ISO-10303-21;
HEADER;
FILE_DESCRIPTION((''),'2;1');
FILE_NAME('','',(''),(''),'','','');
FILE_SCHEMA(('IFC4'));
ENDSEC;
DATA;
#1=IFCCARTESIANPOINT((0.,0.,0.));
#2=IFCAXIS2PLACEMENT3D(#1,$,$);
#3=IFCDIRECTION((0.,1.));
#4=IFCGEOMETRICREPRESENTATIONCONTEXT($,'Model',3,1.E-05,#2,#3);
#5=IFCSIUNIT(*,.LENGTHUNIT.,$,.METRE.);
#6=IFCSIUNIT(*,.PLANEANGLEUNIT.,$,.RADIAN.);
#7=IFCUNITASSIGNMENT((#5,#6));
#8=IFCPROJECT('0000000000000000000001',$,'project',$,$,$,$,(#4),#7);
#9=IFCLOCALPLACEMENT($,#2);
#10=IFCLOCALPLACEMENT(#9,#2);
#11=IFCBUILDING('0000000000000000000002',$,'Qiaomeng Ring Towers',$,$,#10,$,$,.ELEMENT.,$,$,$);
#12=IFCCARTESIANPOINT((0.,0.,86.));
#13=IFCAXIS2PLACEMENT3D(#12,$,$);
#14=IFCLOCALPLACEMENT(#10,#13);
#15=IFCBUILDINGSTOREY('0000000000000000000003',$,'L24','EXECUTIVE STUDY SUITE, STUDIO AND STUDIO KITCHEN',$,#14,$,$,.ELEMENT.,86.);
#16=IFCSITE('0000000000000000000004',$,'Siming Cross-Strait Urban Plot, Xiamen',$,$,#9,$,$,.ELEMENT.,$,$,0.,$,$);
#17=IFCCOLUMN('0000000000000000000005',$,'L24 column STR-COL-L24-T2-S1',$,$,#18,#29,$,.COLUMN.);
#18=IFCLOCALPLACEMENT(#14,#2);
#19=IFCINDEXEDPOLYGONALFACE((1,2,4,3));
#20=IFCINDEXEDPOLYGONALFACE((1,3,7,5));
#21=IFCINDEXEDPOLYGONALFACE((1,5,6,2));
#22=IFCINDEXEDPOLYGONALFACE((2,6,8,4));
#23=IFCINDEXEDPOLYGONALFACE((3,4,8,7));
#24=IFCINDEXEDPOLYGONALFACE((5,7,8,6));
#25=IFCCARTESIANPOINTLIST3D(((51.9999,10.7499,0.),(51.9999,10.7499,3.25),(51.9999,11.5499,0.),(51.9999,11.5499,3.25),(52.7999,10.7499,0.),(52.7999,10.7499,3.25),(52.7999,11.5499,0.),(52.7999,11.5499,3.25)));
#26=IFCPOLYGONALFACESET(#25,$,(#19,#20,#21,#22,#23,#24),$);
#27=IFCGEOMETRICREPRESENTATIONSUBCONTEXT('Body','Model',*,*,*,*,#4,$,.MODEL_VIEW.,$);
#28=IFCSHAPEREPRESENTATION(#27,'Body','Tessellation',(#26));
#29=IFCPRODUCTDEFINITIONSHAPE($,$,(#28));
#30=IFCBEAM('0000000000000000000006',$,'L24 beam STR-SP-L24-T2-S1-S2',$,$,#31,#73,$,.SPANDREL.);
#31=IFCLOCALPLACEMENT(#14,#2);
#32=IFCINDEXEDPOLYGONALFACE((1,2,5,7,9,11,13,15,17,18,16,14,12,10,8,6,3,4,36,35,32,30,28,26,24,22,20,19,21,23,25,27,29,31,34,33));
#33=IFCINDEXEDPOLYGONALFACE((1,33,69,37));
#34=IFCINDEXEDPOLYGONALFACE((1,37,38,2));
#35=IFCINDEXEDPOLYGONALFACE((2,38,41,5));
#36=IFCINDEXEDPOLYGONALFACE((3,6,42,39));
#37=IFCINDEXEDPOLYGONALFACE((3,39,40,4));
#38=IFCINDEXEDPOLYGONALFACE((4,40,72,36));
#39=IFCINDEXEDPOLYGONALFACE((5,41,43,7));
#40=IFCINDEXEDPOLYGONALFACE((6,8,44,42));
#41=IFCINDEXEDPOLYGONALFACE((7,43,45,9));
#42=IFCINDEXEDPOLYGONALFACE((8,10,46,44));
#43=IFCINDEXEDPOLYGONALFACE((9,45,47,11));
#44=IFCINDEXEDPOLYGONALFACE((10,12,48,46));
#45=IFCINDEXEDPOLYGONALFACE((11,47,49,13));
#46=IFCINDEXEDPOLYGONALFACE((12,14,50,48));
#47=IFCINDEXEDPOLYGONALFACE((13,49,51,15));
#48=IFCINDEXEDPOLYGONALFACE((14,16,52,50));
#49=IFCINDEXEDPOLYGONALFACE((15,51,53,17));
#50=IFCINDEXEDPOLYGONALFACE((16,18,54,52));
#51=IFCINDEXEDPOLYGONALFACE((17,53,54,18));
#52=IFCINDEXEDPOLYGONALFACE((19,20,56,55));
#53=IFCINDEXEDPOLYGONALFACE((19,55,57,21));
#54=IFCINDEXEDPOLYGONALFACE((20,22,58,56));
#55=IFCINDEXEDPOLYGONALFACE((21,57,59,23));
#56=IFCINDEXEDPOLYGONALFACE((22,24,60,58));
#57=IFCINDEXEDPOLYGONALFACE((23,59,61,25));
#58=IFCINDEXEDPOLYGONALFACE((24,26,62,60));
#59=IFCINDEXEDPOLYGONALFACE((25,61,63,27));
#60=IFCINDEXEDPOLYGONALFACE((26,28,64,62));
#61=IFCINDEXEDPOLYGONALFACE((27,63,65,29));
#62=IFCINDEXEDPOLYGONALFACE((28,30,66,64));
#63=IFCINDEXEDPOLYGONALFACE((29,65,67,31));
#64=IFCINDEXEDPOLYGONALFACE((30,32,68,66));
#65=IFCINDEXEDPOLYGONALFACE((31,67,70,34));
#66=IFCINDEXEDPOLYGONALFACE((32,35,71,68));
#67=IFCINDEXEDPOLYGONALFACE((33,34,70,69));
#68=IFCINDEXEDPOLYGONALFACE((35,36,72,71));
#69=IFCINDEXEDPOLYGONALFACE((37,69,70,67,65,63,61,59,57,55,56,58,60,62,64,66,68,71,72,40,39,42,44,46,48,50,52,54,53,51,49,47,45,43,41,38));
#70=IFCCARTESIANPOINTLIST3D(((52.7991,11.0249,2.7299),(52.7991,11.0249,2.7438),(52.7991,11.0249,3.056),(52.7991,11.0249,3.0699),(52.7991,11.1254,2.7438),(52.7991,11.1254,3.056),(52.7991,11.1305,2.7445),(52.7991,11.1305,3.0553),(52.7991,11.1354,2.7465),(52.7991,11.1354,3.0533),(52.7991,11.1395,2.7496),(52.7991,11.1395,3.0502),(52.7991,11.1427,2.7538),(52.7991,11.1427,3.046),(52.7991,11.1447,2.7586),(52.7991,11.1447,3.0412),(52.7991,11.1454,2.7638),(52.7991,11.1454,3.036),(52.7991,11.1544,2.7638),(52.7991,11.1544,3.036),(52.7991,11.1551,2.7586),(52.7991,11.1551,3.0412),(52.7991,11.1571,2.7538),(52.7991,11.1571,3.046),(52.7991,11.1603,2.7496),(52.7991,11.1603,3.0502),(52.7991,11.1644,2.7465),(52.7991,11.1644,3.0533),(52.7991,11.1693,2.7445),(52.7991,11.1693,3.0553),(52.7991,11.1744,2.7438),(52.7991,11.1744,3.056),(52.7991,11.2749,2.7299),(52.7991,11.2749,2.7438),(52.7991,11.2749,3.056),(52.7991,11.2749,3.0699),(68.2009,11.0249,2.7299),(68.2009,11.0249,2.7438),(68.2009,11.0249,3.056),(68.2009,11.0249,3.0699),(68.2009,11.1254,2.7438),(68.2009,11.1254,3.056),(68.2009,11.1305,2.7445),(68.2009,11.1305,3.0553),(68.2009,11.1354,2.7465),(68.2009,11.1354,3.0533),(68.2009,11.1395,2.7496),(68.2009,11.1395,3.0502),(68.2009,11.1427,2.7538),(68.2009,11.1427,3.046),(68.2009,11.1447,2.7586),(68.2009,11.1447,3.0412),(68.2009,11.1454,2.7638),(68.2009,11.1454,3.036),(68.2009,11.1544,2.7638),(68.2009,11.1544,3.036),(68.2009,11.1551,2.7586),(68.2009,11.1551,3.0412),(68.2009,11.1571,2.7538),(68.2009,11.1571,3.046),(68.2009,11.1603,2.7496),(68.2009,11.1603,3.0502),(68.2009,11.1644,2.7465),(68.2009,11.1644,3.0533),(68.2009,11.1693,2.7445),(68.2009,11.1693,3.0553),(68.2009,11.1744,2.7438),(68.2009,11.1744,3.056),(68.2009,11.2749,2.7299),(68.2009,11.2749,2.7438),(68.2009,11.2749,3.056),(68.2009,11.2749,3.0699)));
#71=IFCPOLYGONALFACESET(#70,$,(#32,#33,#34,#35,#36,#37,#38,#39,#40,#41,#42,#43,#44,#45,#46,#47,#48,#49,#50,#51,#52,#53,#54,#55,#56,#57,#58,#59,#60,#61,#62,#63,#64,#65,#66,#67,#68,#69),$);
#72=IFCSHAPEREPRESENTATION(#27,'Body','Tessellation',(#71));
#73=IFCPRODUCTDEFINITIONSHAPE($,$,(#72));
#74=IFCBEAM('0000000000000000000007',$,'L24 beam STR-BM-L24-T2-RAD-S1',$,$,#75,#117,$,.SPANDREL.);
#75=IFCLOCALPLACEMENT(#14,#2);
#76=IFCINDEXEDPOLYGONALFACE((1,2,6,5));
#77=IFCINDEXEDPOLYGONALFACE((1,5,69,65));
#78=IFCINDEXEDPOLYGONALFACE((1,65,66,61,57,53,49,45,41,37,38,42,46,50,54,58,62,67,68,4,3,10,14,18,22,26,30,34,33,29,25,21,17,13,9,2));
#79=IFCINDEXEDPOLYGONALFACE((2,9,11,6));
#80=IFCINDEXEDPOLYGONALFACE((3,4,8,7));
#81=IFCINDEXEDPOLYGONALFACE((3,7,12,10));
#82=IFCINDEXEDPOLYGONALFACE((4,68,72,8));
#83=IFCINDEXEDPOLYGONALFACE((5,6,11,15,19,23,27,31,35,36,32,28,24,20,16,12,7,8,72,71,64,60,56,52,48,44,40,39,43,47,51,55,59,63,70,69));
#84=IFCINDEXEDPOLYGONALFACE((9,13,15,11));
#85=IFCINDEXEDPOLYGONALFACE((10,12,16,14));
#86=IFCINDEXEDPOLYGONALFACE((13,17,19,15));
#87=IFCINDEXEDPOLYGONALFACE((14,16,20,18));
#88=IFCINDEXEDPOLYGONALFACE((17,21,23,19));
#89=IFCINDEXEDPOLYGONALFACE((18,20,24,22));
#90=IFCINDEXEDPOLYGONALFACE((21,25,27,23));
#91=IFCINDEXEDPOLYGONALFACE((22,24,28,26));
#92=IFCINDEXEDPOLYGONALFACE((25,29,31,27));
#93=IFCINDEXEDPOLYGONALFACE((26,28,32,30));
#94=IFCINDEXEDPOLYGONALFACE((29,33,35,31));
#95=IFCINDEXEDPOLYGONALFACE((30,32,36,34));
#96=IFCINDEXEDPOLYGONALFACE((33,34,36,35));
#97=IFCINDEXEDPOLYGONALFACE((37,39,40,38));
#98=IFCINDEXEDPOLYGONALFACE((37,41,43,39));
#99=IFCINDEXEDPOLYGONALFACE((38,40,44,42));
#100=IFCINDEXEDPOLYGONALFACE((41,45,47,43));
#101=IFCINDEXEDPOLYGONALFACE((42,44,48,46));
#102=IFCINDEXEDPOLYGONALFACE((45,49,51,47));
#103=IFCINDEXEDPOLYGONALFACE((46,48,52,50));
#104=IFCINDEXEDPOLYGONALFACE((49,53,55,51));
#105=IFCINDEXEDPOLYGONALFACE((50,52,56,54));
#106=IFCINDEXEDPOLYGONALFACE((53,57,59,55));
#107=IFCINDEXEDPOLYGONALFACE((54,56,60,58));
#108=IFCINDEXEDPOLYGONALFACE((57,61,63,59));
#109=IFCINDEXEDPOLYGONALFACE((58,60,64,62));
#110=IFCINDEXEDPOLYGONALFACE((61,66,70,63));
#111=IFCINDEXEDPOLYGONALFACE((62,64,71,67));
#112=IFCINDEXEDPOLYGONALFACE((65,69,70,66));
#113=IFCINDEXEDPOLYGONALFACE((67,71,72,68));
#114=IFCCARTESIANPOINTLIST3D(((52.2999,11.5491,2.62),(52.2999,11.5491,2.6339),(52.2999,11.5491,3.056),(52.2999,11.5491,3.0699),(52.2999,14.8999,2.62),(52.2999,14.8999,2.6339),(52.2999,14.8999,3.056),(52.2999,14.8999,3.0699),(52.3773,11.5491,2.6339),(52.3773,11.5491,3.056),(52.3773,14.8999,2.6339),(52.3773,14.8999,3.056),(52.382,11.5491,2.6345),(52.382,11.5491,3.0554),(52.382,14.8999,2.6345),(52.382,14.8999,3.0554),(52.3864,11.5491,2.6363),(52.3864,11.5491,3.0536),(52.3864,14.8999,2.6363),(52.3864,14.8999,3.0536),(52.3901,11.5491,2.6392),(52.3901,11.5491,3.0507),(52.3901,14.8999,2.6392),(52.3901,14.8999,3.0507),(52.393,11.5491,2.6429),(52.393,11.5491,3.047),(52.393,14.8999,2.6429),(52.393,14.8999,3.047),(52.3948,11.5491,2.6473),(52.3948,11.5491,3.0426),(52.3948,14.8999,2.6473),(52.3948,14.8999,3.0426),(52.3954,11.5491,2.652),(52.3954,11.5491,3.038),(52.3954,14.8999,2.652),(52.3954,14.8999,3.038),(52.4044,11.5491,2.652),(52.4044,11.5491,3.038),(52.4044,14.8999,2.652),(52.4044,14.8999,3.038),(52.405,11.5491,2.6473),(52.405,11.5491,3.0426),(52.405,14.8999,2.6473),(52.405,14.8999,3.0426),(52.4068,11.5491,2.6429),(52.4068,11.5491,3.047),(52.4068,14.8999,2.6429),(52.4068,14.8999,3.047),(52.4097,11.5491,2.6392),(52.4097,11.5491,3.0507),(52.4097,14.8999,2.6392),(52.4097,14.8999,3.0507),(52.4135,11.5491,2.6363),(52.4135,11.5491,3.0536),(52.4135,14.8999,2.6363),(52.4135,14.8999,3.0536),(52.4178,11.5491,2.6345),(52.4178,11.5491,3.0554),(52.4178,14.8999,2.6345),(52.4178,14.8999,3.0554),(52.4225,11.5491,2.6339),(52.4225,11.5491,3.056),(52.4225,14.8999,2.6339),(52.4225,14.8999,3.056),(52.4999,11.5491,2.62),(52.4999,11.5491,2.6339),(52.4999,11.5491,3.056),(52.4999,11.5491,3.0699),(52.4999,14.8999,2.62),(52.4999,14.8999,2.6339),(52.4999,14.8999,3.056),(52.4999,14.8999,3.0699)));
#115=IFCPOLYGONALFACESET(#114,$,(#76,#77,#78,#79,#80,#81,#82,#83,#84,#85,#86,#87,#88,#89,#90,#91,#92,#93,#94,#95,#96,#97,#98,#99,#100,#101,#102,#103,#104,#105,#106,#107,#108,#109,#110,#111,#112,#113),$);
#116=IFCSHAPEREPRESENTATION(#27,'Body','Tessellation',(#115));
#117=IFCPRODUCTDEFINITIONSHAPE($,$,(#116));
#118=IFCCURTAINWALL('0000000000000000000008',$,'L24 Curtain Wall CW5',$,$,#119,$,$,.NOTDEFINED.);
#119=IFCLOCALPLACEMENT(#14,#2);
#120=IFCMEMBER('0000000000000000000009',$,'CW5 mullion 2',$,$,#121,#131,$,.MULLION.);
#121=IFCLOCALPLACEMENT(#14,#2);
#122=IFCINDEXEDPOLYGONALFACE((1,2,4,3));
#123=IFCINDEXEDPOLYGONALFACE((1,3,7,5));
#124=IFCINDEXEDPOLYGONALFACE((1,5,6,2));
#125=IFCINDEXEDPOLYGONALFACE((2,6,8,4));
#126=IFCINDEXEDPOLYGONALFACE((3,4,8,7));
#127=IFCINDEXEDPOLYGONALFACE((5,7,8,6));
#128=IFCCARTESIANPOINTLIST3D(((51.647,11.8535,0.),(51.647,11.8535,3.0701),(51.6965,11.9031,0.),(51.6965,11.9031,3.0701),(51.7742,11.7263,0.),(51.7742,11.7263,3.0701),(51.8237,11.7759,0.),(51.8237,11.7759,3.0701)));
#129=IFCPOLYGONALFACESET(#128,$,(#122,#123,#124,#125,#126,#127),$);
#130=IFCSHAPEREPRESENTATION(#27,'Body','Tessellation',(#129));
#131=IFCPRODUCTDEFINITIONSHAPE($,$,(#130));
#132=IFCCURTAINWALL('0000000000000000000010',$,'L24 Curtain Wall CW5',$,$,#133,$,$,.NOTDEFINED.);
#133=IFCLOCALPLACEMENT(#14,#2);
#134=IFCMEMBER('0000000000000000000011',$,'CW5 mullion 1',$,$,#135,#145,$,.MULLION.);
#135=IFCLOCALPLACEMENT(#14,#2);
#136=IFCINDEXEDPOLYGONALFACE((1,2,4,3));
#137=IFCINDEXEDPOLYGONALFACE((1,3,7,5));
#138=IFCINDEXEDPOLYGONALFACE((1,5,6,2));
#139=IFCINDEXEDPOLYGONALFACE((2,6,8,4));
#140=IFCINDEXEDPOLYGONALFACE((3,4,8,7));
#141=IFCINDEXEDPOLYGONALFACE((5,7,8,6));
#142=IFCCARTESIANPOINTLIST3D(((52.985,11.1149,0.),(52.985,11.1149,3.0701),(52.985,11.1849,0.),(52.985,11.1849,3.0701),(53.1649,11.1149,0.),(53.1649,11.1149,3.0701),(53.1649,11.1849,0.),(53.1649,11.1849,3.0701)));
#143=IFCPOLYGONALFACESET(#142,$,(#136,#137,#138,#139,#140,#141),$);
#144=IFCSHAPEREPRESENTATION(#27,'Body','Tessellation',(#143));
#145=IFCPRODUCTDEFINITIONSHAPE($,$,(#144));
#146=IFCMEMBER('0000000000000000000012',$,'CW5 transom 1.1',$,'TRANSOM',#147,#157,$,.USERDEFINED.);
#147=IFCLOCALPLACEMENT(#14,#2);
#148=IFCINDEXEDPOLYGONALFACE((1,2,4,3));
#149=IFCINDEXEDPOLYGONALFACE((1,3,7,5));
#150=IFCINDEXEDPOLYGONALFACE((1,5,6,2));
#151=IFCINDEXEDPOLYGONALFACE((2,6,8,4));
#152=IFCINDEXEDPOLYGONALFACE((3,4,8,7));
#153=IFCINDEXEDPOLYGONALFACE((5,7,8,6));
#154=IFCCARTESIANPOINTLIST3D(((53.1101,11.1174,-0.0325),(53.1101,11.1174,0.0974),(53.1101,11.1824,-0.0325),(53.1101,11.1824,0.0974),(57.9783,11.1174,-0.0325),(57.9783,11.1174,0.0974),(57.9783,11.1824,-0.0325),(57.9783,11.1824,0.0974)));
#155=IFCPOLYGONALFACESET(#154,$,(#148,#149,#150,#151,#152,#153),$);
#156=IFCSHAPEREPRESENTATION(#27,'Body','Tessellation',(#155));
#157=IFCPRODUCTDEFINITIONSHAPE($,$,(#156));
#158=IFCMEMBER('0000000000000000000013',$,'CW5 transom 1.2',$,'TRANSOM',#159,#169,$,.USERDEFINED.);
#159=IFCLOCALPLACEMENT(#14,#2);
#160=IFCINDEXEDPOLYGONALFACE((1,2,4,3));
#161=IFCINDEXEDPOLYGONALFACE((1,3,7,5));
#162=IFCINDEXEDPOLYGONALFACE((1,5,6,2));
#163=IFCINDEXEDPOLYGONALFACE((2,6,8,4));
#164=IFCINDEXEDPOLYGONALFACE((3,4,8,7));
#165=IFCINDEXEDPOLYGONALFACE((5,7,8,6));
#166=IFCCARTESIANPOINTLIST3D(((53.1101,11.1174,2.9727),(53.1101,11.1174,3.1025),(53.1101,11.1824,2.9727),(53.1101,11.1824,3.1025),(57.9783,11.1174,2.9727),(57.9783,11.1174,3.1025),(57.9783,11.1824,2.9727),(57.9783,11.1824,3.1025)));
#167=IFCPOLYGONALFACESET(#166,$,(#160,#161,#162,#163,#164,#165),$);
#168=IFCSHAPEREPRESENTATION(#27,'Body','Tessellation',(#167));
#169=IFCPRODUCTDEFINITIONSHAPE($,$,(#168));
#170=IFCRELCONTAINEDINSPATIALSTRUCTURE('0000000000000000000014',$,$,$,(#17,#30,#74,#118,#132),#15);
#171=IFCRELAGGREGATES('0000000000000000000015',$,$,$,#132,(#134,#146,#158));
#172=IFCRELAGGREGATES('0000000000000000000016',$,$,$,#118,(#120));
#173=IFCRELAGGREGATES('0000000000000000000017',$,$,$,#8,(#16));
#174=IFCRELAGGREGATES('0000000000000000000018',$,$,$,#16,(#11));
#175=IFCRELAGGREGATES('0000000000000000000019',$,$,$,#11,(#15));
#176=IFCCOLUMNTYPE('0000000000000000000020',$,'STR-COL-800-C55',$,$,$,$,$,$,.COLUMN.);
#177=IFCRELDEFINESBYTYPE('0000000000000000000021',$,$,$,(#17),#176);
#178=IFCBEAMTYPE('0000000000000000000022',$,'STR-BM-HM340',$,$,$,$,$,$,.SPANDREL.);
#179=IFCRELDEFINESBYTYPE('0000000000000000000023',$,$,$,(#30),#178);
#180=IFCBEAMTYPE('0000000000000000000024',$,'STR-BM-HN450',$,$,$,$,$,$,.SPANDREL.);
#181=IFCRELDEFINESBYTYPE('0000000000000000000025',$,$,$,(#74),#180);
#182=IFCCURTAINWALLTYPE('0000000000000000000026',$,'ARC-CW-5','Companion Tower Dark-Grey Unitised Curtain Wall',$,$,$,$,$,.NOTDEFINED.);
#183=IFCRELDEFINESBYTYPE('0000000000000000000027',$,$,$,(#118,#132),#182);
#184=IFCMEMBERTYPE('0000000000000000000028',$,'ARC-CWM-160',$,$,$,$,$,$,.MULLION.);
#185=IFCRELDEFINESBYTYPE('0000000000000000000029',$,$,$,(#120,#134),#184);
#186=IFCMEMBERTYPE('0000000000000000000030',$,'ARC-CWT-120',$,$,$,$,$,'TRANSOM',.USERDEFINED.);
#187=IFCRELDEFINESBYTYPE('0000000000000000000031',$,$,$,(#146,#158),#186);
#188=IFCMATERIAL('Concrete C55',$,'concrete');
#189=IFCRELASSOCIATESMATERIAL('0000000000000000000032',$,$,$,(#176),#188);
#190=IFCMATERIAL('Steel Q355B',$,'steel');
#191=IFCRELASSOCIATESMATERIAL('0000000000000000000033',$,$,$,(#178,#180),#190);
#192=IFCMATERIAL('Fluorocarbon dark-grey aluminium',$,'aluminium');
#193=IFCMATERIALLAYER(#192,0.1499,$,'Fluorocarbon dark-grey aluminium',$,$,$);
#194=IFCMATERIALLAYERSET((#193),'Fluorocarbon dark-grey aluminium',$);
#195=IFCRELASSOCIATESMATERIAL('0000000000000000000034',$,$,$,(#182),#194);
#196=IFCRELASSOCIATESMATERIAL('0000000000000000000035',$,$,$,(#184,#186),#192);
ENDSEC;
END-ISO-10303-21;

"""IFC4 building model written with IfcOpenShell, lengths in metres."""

from ifc_helpers import new_model, si_unit, direction, frame, origin, origin_2d, place, context, subcontext, project, spatial, rectangle, i_section, extrude, source, transform, mapped, material, layer, layer_set, material_profile, profile_set, type_object, element, aggregate, save


model = new_model("IFC4")

# Units and contexts
model_context = context("Model", 3, precision=1e-05, world=origin(), true_north=direction((0.0, 1.0)))
body_context = subcontext(model_context, "Body", "Model", "MODEL_VIEW")
ifc_project = project(units=[si_unit("LENGTHUNIT", "METRE"), si_unit("PLANEANGLEUNIT", "RADIAN")], contexts=[model_context])

# Site, building, storey
site_placement = place(None, origin())
site = spatial("IfcSite", under=ifc_project, at=site_placement, Name="Siming Cross-Strait Urban Plot, Xiamen", CompositionType="ELEMENT", RefElevation=0.0)
building_placement = place(site_placement, origin())
building = spatial("IfcBuilding", under=site, at=building_placement, Name="Qiaomeng Ring Towers", CompositionType="ELEMENT")
storey_placement = place(building_placement, frame((0.0, 0.0, 86.0)))
storey = spatial("IfcBuildingStorey", under=building, at=storey_placement, Name="L24", Description="EXECUTIVE STUDY SUITE, STUDIO AND STUDIO KITCHEN", CompositionType="ELEMENT", Elevation=86.0)

# Column
ifc_material_1 = material(Name="Concrete C55", Category="concrete")
ifc_material_profile_1 = material_profile(ifc_material_1, rectangle(XDim=0.8, YDim=0.8, at=origin_2d()), Name="RC COL 800x800")
ifc_profile_set_1 = profile_set([ifc_material_profile_1], Name="Concrete C55")
column_type = type_object("IfcColumnType", Name="STR-COL-800-C55", PredefinedType="COLUMN", material=ifc_profile_set_1)
shared_shape_1 = source(origin(), body_context, "Body", "SweptSolid", [
    extrude(rectangle(XDim=0.8, YDim=0.8, at=origin_2d()), origin(), (0.0, 0.0, 1.0), 3.25),
])
column_placement = place(storey_placement, frame((52.3999, 11.1499, 0.0), z_axis=(0.0, 0.0, 1.0), x_axis=(1.0, 0.0, 0.0)))
element("IfcColumn", 1, at=column_placement, inside=storey, type_object=column_type, Name="L24 column STR-COL-L24-T2-S1", PredefinedType="COLUMN", context=body_context, shape_type="MappedRepresentation", body=[
    mapped(shared_shape_1, transform((0.0, 0.0, 0.0), x_axis=(1.0, 0.0, 0.0), y_axis=(0.0, 1.0, 0.0), z_axis=(0.0, 0.0, 1.0), scale=1.0)),
])

# Beams
ifc_material_2 = material(Name="Steel Q355B", Category="steel")
ifc_material_profile_2 = material_profile(ifc_material_2, i_section(OverallWidth=0.25, OverallDepth=0.3401, WebThickness=0.009, FlangeThickness=0.0139, FilletRadius=0.02, at=origin_2d()), Name="HM 340x250x9x14")
ifc_profile_set_2 = profile_set([ifc_material_profile_2], Name="Steel Q355B")
beam_type_1 = type_object("IfcBeamType", Name="STR-BM-HM340", PredefinedType="SPANDREL", material=ifc_profile_set_2)
shared_shape_2 = source(origin(), body_context, "Body", "SweptSolid", [
    extrude(i_section(OverallWidth=0.25, OverallDepth=0.3401, WebThickness=0.009, FlangeThickness=0.0139, FilletRadius=0.02, at=origin_2d()), origin(), (0.0, 0.0, 1.0), 15.4019),
])
beam_1_placement = place(storey_placement, frame((52.7991, 11.1499, 2.8999), z_axis=(1.0, 0.0, 0.0), x_axis=(0.0, 1.0, 0.0)))
element("IfcBeam", 2, at=beam_1_placement, inside=storey, type_object=beam_type_1, Name="L24 beam STR-SP-L24-T2-S1-S2", PredefinedType="SPANDREL", context=body_context, shape_type="MappedRepresentation", body=[
    mapped(shared_shape_2, transform((0.0, 0.0, 0.0), x_axis=(1.0, 0.0, 0.0), y_axis=(0.0, 1.0, 0.0), z_axis=(0.0, 0.0, 1.0), scale=1.0)),
])
ifc_material_profile_3 = material_profile(ifc_material_2, i_section(OverallWidth=0.2, OverallDepth=0.45, WebThickness=0.009, FlangeThickness=0.0139, FilletRadius=0.0181, at=origin_2d()), Name="HN 450x200x9x14")
ifc_profile_set_3 = profile_set([ifc_material_profile_3], Name="Steel Q355B")
beam_type_2 = type_object("IfcBeamType", Name="STR-BM-HN450", PredefinedType="SPANDREL", material=ifc_profile_set_3)
shared_shape_3 = source(origin(), body_context, "Body", "SweptSolid", [
    extrude(i_section(OverallWidth=0.2, OverallDepth=0.45, WebThickness=0.009, FlangeThickness=0.0139, FilletRadius=0.0181, at=origin_2d()), origin(), (0.0, 0.0, 1.0), 3.3508),
])
beam_2_placement = place(storey_placement, frame((52.3999, 11.5491, 2.845), z_axis=(0.0, 1.0, 0.0), x_axis=(-1.0, 0.0, 0.0)))
element("IfcBeam", 3, at=beam_2_placement, inside=storey, type_object=beam_type_2, Name="L24 beam STR-BM-L24-T2-RAD-S1", PredefinedType="SPANDREL", context=body_context, shape_type="MappedRepresentation", body=[
    mapped(shared_shape_3, transform((0.0, 0.0, 0.0), x_axis=(1.0, 0.0, 0.0), y_axis=(0.0, 1.0, 0.0), z_axis=(0.0, 0.0, 1.0), scale=1.0)),
])

# Curtain wall, member
ifc_material_3 = material(Name="Fluorocarbon dark-grey aluminium", Category="aluminium")
ifc_layer_1 = layer(ifc_material_3, 0.1499, Name="Fluorocarbon dark-grey aluminium")
ifc_layer_set_1 = layer_set([ifc_layer_1], Name="Fluorocarbon dark-grey aluminium")
curtain_wall_type = type_object("IfcCurtainWallType", Name="ARC-CW-5", Description="Companion Tower Dark-Grey Unitised Curtain Wall", PredefinedType="NOTDEFINED", material=ifc_layer_set_1)
curtain_wall_1_placement = place(storey_placement, origin())
curtain_wall_1 = element("IfcCurtainWall", 4, at=curtain_wall_1_placement, inside=storey, type_object=curtain_wall_type, Name="L24 Curtain Wall CW5", PredefinedType="NOTDEFINED")
ifc_material_profile_4 = material_profile(ifc_material_3, rectangle(XDim=0.0701, YDim=0.1799, at=origin_2d()), Name="ALU MULL 70x180")
ifc_profile_set_4 = profile_set([ifc_material_profile_4], Name="Fluorocarbon dark-grey aluminium")
member_type_1 = type_object("IfcMemberType", Name="ARC-CWM-160", PredefinedType="MULLION", material=ifc_profile_set_4)
shared_shape_4 = source(origin(), body_context, "Body", "SweptSolid", [
    extrude(rectangle(XDim=0.0701, YDim=0.1799, at=origin_2d()), origin(), (0.0, 0.0, 1.0), 3.0701),
])
member_1_placement = place(storey_placement, frame((51.7354, 11.8147, 0.0), z_axis=(0.0, 0.0, 1.0), x_axis=(0.707107, 0.707107, 0.0)))
member_1 = element("IfcMember", 5, at=member_1_placement, type_object=member_type_1, Name="CW5 mullion 2", PredefinedType="MULLION", context=body_context, shape_type="MappedRepresentation", body=[
    mapped(shared_shape_4, transform((0.0, 0.0, 0.0), x_axis=(1.0, 0.0, 0.0), y_axis=(0.0, 1.0, 0.0), z_axis=(0.0, 0.0, 1.0), scale=1.0)),
])

# Curtain wall, members
curtain_wall_2_placement = place(storey_placement, origin())
curtain_wall_2 = element("IfcCurtainWall", 6, at=curtain_wall_2_placement, inside=storey, type_object=curtain_wall_type, Name="L24 Curtain Wall CW5", PredefinedType="NOTDEFINED")
member_2_placement = place(storey_placement, frame((53.075, 11.1499, 0.0), z_axis=(0.0, 0.0, 1.0), x_axis=(0.0, 1.0, 0.0)))
member_2 = element("IfcMember", 7, at=member_2_placement, type_object=member_type_1, Name="CW5 mullion 1", PredefinedType="MULLION", context=body_context, shape_type="MappedRepresentation", body=[
    mapped(shared_shape_4, transform((0.0, 0.0, 0.0), x_axis=(1.0, 0.0, 0.0), y_axis=(0.0, 1.0, 0.0), z_axis=(0.0, 0.0, 1.0), scale=1.0)),
])
ifc_material_profile_5 = material_profile(ifc_material_3, rectangle(XDim=0.0649, YDim=0.1299, at=origin_2d()), Name="ALU TRAN 65x130")
ifc_profile_set_5 = profile_set([ifc_material_profile_5], Name="Fluorocarbon dark-grey aluminium")
member_type_2 = type_object("IfcMemberType", Name="ARC-CWT-120", ElementType="TRANSOM", PredefinedType="USERDEFINED", material=ifc_profile_set_5)
shared_shape_5 = source(origin(), body_context, "Body", "SweptSolid", [
    extrude(rectangle(XDim=0.0649, YDim=0.1299, at=origin_2d()), origin(), (0.0, 0.0, 1.0), 4.8682),
])
member_3_placement = place(storey_placement, frame((53.1101, 11.1499, 0.0325), z_axis=(1.0, 0.0, 0.0), x_axis=(0.0, 1.0, 0.0)))
member_3 = element("IfcMember", 8, at=member_3_placement, type_object=member_type_2, Name="CW5 transom 1.1", ObjectType="TRANSOM", PredefinedType="USERDEFINED", context=body_context, shape_type="MappedRepresentation", body=[
    mapped(shared_shape_5, transform((0.0, 0.0, 0.0), x_axis=(1.0, 0.0, 0.0), y_axis=(0.0, 1.0, 0.0), z_axis=(0.0, 0.0, 1.0), scale=1.0)),
])
member_4_placement = place(storey_placement, frame((53.1101, 11.1499, 3.0376), z_axis=(1.0, 0.0, 0.0), x_axis=(0.0, 1.0, 0.0)))
member_4 = element("IfcMember", 9, at=member_4_placement, type_object=member_type_2, Name="CW5 transom 1.2", ObjectType="TRANSOM", PredefinedType="USERDEFINED", context=body_context, shape_type="MappedRepresentation", body=[
    mapped(shared_shape_5, transform((0.0, 0.0, 0.0), x_axis=(1.0, 0.0, 0.0), y_axis=(0.0, 1.0, 0.0), z_axis=(0.0, 0.0, 1.0), scale=1.0)),
])
aggregate(curtain_wall_2, [member_2, member_3, member_4])

aggregate(curtain_wall_1, [member_1])

save(model, "model.ifc")
